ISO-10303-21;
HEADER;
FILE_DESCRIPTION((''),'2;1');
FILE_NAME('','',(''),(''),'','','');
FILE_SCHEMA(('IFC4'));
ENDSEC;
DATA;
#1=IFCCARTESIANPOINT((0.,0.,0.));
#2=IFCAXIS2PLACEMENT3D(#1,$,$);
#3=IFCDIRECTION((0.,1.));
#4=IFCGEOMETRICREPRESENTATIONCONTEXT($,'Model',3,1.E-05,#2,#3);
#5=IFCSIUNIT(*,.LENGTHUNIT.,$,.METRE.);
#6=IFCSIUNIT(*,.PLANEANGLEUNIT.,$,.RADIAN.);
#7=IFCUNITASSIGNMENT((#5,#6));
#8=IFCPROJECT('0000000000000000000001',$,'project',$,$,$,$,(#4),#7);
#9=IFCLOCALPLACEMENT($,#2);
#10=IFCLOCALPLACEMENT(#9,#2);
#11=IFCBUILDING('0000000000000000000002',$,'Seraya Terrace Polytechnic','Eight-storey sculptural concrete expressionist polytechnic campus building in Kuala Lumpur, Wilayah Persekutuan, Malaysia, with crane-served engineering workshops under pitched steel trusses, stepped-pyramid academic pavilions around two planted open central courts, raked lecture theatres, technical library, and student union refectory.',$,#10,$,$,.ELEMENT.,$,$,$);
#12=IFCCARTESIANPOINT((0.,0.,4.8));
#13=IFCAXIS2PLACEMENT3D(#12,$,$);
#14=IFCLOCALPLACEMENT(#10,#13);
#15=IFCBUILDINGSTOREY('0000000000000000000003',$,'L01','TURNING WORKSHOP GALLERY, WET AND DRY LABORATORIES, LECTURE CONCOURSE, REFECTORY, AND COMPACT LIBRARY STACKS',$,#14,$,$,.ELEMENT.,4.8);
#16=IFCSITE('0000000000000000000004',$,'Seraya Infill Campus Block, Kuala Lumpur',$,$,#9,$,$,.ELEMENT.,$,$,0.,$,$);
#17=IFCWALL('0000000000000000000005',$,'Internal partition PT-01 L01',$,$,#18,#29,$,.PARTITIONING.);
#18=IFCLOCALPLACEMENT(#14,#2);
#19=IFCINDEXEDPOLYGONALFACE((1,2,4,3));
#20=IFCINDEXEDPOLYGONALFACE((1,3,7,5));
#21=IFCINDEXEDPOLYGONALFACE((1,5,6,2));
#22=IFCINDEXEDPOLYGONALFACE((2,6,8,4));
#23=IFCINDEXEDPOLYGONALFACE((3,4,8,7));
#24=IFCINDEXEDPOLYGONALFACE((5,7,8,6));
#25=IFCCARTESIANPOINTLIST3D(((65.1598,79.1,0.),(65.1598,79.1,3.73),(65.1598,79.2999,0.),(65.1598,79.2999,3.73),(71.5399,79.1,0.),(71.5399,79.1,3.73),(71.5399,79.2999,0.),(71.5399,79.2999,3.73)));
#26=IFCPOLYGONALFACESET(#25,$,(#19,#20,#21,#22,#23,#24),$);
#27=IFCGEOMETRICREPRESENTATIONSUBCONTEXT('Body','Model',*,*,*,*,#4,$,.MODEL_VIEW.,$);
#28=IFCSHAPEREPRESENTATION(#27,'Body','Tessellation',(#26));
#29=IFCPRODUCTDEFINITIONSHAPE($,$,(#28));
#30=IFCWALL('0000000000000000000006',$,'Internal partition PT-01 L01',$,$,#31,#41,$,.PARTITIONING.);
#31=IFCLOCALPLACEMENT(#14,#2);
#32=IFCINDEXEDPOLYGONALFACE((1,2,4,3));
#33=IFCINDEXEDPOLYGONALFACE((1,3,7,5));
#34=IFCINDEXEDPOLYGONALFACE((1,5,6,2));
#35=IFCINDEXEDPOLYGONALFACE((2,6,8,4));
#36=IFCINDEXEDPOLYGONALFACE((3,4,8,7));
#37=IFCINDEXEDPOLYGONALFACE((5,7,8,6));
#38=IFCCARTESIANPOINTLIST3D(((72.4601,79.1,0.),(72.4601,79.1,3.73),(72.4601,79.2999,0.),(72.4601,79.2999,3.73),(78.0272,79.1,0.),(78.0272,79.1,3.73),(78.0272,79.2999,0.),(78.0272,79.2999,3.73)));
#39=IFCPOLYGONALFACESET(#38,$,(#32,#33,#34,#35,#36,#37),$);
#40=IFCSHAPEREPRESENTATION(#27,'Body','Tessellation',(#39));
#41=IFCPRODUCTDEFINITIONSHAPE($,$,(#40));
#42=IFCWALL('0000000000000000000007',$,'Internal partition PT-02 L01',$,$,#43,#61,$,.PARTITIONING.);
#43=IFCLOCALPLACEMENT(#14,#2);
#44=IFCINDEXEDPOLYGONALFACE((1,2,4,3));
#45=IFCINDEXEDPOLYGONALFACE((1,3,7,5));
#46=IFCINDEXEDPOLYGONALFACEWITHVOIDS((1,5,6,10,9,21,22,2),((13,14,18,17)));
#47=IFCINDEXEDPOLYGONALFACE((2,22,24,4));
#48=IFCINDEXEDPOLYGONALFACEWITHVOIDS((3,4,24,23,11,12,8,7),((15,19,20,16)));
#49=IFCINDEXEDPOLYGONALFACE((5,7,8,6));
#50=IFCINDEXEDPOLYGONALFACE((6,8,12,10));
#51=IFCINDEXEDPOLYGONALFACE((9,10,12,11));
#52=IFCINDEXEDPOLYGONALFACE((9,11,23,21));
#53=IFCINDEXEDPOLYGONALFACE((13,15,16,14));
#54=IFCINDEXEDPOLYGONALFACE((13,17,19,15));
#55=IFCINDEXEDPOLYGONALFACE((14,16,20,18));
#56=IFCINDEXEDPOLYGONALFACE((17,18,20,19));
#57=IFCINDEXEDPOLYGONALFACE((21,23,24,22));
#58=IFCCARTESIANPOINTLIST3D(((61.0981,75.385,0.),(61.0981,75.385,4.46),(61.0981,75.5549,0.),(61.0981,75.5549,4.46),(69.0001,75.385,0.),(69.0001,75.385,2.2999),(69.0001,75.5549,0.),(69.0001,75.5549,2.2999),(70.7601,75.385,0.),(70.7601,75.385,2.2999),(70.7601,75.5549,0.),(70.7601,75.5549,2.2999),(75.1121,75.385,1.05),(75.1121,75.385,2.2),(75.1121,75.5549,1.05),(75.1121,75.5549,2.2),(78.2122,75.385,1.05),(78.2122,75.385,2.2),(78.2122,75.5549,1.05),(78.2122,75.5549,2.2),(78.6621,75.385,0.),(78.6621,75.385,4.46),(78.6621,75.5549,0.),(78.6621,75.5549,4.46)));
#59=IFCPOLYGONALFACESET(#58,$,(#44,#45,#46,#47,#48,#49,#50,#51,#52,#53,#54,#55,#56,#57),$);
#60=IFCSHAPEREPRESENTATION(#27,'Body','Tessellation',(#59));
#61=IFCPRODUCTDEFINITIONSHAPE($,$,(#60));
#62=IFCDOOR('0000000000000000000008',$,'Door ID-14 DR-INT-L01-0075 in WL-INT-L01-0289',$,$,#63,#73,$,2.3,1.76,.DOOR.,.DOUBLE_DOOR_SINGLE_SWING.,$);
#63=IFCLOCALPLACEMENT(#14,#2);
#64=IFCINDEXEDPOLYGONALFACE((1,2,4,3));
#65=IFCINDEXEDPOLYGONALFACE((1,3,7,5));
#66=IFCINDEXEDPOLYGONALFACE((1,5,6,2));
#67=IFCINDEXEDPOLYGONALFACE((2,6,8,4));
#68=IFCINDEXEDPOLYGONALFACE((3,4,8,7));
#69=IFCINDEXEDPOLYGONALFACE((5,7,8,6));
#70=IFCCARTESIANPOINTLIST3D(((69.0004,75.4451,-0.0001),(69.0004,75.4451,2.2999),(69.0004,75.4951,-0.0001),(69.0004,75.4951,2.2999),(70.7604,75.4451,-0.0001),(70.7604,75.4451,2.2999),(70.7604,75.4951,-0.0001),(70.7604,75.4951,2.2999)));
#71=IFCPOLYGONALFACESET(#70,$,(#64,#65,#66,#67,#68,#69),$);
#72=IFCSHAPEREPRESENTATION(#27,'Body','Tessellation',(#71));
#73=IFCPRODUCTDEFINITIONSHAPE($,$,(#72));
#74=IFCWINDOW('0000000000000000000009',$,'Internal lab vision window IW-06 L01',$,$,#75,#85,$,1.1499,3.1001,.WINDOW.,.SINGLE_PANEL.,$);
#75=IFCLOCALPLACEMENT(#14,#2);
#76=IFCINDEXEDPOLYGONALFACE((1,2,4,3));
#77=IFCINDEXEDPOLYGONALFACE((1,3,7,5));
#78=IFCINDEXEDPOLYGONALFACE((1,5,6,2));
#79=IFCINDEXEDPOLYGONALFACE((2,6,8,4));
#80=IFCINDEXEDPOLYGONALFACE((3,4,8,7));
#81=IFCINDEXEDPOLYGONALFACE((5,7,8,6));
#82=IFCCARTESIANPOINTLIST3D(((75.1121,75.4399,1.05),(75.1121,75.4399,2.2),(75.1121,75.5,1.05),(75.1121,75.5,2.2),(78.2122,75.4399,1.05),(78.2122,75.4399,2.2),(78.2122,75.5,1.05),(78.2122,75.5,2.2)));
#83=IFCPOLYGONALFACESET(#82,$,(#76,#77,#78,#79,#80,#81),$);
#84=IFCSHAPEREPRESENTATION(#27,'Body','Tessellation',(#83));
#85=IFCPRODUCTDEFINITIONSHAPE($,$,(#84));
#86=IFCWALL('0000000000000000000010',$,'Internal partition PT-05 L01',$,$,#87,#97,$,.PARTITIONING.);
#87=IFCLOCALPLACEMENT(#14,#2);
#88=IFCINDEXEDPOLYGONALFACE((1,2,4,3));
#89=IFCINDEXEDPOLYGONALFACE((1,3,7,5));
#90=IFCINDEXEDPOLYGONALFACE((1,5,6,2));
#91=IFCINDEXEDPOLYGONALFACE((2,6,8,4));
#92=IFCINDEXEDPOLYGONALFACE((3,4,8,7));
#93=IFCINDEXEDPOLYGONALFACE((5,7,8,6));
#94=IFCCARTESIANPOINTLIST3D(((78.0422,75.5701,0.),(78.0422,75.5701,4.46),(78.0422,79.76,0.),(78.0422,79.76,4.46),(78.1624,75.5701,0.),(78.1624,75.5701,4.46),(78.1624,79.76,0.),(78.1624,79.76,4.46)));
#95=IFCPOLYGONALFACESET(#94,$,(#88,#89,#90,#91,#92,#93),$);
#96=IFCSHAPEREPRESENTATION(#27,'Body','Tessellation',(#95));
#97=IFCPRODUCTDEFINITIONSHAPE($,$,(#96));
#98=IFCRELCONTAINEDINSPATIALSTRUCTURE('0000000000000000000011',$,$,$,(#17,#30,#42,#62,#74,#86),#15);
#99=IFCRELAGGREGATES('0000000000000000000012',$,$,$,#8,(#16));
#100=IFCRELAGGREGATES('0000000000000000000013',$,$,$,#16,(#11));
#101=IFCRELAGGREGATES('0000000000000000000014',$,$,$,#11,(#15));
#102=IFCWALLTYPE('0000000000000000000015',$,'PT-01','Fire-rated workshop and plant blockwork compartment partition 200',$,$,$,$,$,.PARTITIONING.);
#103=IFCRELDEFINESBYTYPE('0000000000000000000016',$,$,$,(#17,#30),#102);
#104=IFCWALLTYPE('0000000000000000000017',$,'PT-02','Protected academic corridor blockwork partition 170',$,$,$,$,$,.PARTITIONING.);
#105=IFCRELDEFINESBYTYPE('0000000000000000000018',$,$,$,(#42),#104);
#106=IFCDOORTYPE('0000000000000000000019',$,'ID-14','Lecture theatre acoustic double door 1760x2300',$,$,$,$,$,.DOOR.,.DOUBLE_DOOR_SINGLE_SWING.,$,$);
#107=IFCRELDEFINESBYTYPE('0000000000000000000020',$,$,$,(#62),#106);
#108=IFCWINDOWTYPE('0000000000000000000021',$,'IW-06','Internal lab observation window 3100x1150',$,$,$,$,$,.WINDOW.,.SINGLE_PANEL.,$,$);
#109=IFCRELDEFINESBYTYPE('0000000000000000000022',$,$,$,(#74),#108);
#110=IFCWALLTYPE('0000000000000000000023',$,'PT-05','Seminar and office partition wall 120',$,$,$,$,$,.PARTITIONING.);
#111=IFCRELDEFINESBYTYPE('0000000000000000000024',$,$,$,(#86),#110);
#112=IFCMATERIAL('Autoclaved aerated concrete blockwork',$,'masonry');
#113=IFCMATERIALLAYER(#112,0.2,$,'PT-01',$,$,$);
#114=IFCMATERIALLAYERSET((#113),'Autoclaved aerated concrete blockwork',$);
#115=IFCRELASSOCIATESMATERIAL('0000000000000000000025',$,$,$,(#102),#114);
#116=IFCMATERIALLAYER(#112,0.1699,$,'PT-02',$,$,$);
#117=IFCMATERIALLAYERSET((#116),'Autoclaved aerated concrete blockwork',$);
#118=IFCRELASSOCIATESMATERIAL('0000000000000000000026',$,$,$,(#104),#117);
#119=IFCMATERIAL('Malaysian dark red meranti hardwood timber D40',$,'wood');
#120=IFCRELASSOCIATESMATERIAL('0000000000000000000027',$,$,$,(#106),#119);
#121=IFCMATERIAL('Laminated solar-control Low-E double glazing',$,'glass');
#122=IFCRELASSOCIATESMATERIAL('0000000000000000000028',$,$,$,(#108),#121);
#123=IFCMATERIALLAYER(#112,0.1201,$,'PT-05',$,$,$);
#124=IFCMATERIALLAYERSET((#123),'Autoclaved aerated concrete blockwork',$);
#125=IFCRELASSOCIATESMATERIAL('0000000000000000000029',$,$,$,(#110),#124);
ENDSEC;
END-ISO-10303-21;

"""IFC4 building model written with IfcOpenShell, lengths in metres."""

from ifc_helpers import new_model, si_unit, direction, frame, frame_2d, origin, place, context, subcontext, project, spatial, rectangle, extrude, material, layer, layer_set, type_object, element, fill, save


model = new_model("IFC4")

# Units and contexts
model_context = context("Model", 3, precision=1e-05, world=origin(), true_north=direction((0.0, 1.0)))
body_context = subcontext(model_context, "Body", "Model", "MODEL_VIEW")
ifc_project = project(units=[si_unit("LENGTHUNIT", "METRE"), si_unit("PLANEANGLEUNIT", "RADIAN")], contexts=[model_context])

# Site, building, storey
site_placement = place(None, origin())
site = spatial("IfcSite", under=ifc_project, at=site_placement, Name="Seraya Infill Campus Block, Kuala Lumpur", CompositionType="ELEMENT", RefElevation=0.0)
building_placement = place(site_placement, origin())
building = spatial("IfcBuilding", under=site, at=building_placement, Name="Seraya Terrace Polytechnic", Description="Eight-storey sculptural concrete expressionist polytechnic campus building in Kuala Lumpur, Wilayah Persekutuan, Malaysia, with crane-served engineering workshops under pitched steel trusses, stepped-pyramid academic pavilions around two planted open central courts, raked lecture theatres, technical library, and student union refectory.", CompositionType="ELEMENT")
storey_placement = place(building_placement, frame((0.0, 0.0, 4.8)))
storey = spatial("IfcBuildingStorey", under=building, at=storey_placement, Name="L01", Description="TURNING WORKSHOP GALLERY, WET AND DRY LABORATORIES, LECTURE CONCOURSE, REFECTORY, AND COMPACT LIBRARY STACKS", CompositionType="ELEMENT", Elevation=4.8)

# Walls
ifc_material_1 = material(Name="Autoclaved aerated concrete blockwork", Category="masonry")
ifc_layer_1 = layer(ifc_material_1, 0.2, Name="PT-01")
ifc_layer_set_1 = layer_set([ifc_layer_1], Name="Autoclaved aerated concrete blockwork")
wall_type_1 = type_object("IfcWallType", Name="PT-01", Description="Fire-rated workshop and plant blockwork compartment partition 200", PredefinedType="PARTITIONING", material=ifc_layer_set_1)
wall_1_placement = place(storey_placement, frame((65.1599, 79.2, 0.0), z_axis=(0.0, 0.0, 1.0), x_axis=(1.0, 0.0, 0.0)))
element("IfcWall", 1, at=wall_1_placement, inside=storey, type_object=wall_type_1, Name="Internal partition PT-01 L01", PredefinedType="PARTITIONING", context=body_context, shape_type="SweptSolid", body=[
    extrude(rectangle(XDim=6.3801, YDim=0.2, at=frame_2d((3.1899, 0.0))), origin(), (0.0, 0.0, 1.0), 3.73),
])
wall_2_placement = place(storey_placement, frame((72.46, 79.2, 0.0), z_axis=(0.0, 0.0, 1.0), x_axis=(1.0, 0.0, 0.0)))
element("IfcWall", 2, at=wall_2_placement, inside=storey, type_object=wall_type_1, Name="Internal partition PT-01 L01", PredefinedType="PARTITIONING", context=body_context, shape_type="SweptSolid", body=[
    extrude(rectangle(XDim=5.5671, YDim=0.2, at=frame_2d((2.7837, 0.0))), origin(), (0.0, 0.0, 1.0), 3.73),
])

# Wall, openings, door, window
ifc_layer_2 = layer(ifc_material_1, 0.1699, Name="PT-02")
ifc_layer_set_2 = layer_set([ifc_layer_2], Name="Autoclaved aerated concrete blockwork")
wall_type_2 = type_object("IfcWallType", Name="PT-02", Description="Protected academic corridor blockwork partition 170", PredefinedType="PARTITIONING", material=ifc_layer_set_2)
wall_3_placement = place(storey_placement, frame((61.0981, 75.47, 0.0), z_axis=(0.0, 0.0, 1.0), x_axis=(1.0, 0.0, 0.0)))
wall_3 = element("IfcWall", 3, at=wall_3_placement, inside=storey, type_object=wall_type_2, Name="Internal partition PT-02 L01", PredefinedType="PARTITIONING", context=body_context, shape_type="SweptSolid", body=[
    extrude(rectangle(XDim=17.564, YDim=0.1699, at=frame_2d((8.782, 0.0))), origin(), (0.0, 0.0, 1.0), 4.46),
])
opening_1_placement = place(wall_3_placement, frame((7.9021, 0.0, 0.0)))
opening_1 = element("IfcOpeningElement", 4, at=opening_1_placement, cuts=wall_3, PredefinedType="OPENING", context=body_context, shape_type="SweptSolid", body=[
    extrude(rectangle(XDim=1.76, YDim=2.3, at=frame_2d((0.8799, 1.1499))), frame((0.0, 0.0969, 0.0), z_axis=(0.0, -1.0, 0.0), x_axis=(1.0, 0.0, 0.0)), (0.0, 0.0, 1.0), 0.1938),
])
opening_2_placement = place(wall_3_placement, frame((14.0139, 0.0, 1.05)))
opening_2 = element("IfcOpeningElement", 5, at=opening_2_placement, cuts=wall_3, PredefinedType="OPENING", context=body_context, shape_type="SweptSolid", body=[
    extrude(rectangle(XDim=3.1001, YDim=1.1499, at=frame_2d((1.55, 0.575))), frame((0.0, 0.0969, 0.0), z_axis=(0.0, -1.0, 0.0), x_axis=(1.0, 0.0, 0.0)), (0.0, 0.0, 1.0), 0.1938),
])
ifc_material_2 = material(Name="Malaysian dark red meranti hardwood timber D40", Category="wood")
door_type = type_object("IfcDoorType", Name="ID-14", Description="Lecture theatre acoustic double door 1760x2300", OperationType="DOUBLE_DOOR_SINGLE_SWING", PredefinedType="DOOR", material=ifc_material_2)
door_placement = place(opening_1_placement, frame((1.76, 0.0, 0.0), z_axis=(0.0, 0.0, 1.0), x_axis=(-1.0, 0.0, 0.0)))
door = element("IfcDoor", 6, at=door_placement, inside=storey, type_object=door_type, Name="Door ID-14 DR-INT-L01-0075 in WL-INT-L01-0289", OperationType="DOUBLE_DOOR_SINGLE_SWING", OverallHeight=2.3, OverallWidth=1.76, PredefinedType="DOOR", context=body_context, shape_type="SweptSolid", body=[
    extrude(rectangle(XDim=1.76, YDim=2.3, at=frame_2d((0.8799, 1.1499))), frame((0.0, 0.0249, 0.0), z_axis=(0.0, -1.0, 0.0), x_axis=(1.0, 0.0, 0.0)), (0.0, 0.0, 1.0), 0.05),
])
fill(opening_1, door)
ifc_material_3 = material(Name="Laminated solar-control Low-E double glazing", Category="glass")
window_type = type_object("IfcWindowType", Name="IW-06", Description="Internal lab observation window 3100x1150", PartitioningType="SINGLE_PANEL", PredefinedType="WINDOW", material=ifc_material_3)
window_placement = place(opening_2_placement, origin())
window = element("IfcWindow", 7, at=window_placement, inside=storey, type_object=window_type, Name="Internal lab vision window IW-06 L01", OverallHeight=1.1499, OverallWidth=3.1001, PartitioningType="SINGLE_PANEL", PredefinedType="WINDOW", context=body_context, shape_type="SweptSolid", body=[
    extrude(rectangle(XDim=3.1001, YDim=1.1499, at=frame_2d((1.55, 0.575))), frame((0.0, 0.03, 0.0), z_axis=(0.0, -1.0, 0.0), x_axis=(1.0, 0.0, 0.0)), (0.0, 0.0, 1.0), 0.0601),
])
fill(opening_2, window)

# Wall
ifc_layer_3 = layer(ifc_material_1, 0.1201, Name="PT-05")
ifc_layer_set_3 = layer_set([ifc_layer_3], Name="Autoclaved aerated concrete blockwork")
wall_type_3 = type_object("IfcWallType", Name="PT-05", Description="Seminar and office partition wall 120", PredefinedType="PARTITIONING", material=ifc_layer_set_3)
wall_4_placement = place(storey_placement, frame((78.1023, 75.5701, 0.0), z_axis=(0.0, 0.0, 1.0), x_axis=(0.0, 1.0, 0.0)))
element("IfcWall", 8, at=wall_4_placement, inside=storey, type_object=wall_type_3, Name="Internal partition PT-05 L01", PredefinedType="PARTITIONING", context=body_context, shape_type="SweptSolid", body=[
    extrude(rectangle(XDim=4.1899, YDim=0.1201, at=frame_2d((2.095, 0.0))), origin(), (0.0, 0.0, 1.0), 4.46),
])

save(model, "model.ifc")
